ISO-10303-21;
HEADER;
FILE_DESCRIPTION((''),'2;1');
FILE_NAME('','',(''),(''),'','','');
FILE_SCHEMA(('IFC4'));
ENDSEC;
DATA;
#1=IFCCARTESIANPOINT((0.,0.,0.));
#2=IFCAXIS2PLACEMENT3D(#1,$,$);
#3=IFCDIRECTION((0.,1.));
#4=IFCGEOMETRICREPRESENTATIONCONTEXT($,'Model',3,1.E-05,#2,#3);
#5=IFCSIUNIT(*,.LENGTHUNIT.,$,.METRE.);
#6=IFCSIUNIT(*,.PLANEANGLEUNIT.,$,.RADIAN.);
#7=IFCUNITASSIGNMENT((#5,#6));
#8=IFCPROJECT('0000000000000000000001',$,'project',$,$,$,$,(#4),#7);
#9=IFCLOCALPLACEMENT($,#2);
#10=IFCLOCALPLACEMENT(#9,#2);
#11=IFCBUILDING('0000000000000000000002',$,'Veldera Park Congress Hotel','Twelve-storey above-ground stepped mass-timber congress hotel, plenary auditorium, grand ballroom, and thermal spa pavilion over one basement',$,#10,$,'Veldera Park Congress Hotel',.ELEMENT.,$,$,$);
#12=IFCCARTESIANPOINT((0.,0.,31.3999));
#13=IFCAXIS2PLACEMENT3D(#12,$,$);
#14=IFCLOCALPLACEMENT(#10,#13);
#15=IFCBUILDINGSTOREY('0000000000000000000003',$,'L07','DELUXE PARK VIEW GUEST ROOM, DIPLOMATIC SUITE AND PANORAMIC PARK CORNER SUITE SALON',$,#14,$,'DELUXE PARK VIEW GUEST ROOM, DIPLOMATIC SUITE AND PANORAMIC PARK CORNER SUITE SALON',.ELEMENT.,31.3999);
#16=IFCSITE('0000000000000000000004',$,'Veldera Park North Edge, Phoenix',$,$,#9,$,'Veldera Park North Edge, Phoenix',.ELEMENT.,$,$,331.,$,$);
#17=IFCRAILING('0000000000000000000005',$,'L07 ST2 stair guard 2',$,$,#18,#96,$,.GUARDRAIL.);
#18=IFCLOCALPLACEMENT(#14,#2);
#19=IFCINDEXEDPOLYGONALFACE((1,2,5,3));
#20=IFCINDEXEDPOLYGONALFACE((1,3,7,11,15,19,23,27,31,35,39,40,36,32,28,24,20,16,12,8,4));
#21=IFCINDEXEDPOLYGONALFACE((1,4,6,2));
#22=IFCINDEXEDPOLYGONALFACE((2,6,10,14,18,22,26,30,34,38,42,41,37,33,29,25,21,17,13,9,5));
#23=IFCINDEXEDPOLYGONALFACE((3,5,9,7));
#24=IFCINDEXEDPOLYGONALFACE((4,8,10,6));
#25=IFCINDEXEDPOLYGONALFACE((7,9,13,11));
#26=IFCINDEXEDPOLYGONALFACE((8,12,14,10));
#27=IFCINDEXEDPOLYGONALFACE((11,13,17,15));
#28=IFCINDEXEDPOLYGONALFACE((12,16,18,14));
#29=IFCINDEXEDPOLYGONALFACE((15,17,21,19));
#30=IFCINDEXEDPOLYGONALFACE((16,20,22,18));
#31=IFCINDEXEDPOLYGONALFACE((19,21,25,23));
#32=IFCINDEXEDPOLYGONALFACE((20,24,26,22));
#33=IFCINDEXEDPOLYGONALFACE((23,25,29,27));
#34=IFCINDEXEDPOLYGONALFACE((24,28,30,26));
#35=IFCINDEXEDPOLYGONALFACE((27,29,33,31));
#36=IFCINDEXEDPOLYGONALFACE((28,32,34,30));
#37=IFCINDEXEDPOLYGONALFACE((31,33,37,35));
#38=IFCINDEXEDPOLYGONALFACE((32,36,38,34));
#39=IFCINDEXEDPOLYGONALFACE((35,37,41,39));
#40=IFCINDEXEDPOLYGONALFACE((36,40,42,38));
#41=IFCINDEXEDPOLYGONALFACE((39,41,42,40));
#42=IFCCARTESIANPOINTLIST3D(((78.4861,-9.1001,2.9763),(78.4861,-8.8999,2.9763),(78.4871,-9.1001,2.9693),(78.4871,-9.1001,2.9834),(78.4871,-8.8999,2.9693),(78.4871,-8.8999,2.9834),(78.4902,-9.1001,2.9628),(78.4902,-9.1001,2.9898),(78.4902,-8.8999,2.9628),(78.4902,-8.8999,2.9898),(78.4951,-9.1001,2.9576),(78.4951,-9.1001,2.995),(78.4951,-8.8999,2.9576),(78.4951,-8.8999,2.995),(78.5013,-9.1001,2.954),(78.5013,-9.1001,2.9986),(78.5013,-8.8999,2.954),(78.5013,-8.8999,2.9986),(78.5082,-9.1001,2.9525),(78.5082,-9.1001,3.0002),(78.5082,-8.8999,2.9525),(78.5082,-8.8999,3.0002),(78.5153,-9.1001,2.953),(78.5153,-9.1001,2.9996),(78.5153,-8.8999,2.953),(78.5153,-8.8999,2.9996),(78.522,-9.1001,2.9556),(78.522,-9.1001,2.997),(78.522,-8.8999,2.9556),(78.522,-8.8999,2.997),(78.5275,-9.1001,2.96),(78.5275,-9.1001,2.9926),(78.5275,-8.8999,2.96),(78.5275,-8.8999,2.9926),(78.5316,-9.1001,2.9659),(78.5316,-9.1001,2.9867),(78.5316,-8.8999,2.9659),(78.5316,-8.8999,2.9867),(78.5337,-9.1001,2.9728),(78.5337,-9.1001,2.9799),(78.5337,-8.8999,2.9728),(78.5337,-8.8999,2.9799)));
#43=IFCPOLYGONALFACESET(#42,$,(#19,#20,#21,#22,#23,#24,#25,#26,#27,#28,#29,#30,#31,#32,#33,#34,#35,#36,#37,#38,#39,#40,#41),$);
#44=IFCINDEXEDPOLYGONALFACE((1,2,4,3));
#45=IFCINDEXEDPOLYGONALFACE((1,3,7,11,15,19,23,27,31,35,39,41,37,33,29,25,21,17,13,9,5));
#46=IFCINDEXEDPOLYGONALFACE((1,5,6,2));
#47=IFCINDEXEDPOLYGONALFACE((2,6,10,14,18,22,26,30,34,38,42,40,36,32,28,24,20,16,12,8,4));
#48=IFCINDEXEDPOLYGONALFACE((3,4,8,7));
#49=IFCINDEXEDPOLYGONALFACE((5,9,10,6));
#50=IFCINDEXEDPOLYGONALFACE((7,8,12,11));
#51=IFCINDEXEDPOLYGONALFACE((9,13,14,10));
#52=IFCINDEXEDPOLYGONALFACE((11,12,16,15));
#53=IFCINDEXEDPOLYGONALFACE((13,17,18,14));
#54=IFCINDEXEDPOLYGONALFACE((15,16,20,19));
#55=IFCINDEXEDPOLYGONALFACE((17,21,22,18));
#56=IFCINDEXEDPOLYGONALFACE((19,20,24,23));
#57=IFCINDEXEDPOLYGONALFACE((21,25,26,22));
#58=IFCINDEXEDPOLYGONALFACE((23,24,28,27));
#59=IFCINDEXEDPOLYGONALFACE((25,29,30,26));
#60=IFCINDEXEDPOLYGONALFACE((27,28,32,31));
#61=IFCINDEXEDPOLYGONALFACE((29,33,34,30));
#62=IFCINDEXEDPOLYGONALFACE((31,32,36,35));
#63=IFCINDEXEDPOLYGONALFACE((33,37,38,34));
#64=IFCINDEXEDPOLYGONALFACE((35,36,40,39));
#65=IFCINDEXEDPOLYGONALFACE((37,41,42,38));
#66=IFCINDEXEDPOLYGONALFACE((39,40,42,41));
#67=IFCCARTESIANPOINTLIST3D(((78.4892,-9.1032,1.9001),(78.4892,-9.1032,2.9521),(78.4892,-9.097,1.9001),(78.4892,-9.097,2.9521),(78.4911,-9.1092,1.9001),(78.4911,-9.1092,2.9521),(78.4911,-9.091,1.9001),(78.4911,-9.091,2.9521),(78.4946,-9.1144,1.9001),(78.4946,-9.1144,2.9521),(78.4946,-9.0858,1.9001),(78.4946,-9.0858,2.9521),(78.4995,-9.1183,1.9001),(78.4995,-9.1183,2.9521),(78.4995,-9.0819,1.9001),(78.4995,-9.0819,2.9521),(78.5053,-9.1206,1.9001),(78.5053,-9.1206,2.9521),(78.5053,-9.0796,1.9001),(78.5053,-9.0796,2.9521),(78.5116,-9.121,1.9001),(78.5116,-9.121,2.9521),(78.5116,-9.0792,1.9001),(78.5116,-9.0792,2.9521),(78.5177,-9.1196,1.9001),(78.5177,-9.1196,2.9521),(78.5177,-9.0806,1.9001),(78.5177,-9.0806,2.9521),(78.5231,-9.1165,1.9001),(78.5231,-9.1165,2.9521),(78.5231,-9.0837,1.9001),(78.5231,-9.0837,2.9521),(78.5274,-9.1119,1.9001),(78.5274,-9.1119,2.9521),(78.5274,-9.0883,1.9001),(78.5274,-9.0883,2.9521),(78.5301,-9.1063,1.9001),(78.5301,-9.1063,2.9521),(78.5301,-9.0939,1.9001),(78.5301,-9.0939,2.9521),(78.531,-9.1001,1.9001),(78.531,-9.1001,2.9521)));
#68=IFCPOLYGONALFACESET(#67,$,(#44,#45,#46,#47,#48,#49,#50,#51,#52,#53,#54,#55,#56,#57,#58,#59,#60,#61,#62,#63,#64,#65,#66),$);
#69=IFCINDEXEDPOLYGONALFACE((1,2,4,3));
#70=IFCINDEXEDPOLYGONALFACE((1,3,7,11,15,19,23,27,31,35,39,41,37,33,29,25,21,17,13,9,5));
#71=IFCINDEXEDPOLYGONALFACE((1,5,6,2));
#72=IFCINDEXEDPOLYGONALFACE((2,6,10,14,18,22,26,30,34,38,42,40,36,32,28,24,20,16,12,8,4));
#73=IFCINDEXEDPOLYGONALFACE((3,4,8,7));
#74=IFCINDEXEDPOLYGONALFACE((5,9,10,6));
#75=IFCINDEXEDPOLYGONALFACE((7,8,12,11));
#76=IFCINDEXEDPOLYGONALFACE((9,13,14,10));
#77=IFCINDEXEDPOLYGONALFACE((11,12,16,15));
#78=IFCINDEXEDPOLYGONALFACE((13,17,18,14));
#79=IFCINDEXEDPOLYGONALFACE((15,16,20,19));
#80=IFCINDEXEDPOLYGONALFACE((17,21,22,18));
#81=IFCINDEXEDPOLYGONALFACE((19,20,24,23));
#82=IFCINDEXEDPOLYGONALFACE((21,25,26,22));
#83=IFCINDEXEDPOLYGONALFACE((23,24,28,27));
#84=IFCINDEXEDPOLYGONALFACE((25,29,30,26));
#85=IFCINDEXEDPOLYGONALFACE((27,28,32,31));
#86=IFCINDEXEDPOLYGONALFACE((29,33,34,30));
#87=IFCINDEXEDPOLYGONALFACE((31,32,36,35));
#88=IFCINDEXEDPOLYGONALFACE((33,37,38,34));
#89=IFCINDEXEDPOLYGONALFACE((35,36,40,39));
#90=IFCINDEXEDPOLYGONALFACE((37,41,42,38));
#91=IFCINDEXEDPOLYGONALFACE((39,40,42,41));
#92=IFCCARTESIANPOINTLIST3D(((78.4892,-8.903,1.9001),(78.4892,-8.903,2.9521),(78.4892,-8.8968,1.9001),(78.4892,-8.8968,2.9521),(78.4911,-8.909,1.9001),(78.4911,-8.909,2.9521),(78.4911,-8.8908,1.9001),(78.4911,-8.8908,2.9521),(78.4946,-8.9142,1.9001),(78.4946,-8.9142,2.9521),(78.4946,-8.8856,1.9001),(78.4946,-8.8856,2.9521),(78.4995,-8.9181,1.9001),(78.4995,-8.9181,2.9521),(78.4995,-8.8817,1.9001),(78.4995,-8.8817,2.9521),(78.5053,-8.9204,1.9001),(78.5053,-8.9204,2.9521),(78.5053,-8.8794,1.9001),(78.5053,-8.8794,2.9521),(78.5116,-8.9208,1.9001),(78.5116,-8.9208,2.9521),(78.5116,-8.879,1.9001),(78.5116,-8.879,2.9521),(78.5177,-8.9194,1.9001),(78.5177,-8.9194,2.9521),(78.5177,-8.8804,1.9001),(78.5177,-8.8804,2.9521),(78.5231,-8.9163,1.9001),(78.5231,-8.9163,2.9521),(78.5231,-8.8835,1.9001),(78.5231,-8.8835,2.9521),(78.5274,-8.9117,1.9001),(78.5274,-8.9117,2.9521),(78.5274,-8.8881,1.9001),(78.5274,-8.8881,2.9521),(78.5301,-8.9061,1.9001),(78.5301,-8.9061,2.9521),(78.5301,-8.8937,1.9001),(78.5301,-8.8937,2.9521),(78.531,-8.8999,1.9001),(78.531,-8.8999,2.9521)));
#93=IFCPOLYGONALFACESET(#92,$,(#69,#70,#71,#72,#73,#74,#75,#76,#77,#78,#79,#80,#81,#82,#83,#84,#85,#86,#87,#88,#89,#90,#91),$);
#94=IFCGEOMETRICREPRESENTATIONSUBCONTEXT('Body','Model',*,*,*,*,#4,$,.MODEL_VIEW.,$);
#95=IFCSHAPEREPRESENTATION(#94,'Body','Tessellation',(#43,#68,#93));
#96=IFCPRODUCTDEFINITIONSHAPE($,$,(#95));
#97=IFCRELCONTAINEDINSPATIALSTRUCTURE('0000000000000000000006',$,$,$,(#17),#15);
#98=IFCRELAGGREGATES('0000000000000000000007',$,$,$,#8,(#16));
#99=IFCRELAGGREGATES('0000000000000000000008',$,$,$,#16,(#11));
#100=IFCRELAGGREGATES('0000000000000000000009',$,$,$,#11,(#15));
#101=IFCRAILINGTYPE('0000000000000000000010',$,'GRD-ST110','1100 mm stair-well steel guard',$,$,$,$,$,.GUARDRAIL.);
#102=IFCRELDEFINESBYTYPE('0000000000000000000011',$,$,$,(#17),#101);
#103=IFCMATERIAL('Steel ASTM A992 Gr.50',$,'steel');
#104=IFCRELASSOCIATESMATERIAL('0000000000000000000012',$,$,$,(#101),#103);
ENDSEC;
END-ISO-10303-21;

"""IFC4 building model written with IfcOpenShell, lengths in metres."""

from ifc_helpers import new_model, si_unit, direction, frame, origin, origin_2d, place, context, subcontext, project, spatial, circle, extrude, material, type_object, element, save


model = new_model("IFC4")

# Units and contexts
model_context = context("Model", 3, precision=1e-05, world=origin(), true_north=direction((0.0, 1.0)))
body_context = subcontext(model_context, "Body", "Model", "MODEL_VIEW")
ifc_project = project(units=[si_unit("LENGTHUNIT", "METRE"), si_unit("PLANEANGLEUNIT", "RADIAN")], contexts=[model_context])

# Site, building, storey
site_placement = place(None, origin())
site = spatial("IfcSite", under=ifc_project, at=site_placement, Name="Veldera Park North Edge, Phoenix", LongName="Veldera Park North Edge, Phoenix", CompositionType="ELEMENT", RefElevation=331.0)
building_placement = place(site_placement, origin())
building = spatial("IfcBuilding", under=site, at=building_placement, Name="Veldera Park Congress Hotel", Description="Twelve-storey above-ground stepped mass-timber congress hotel, plenary auditorium, grand ballroom, and thermal spa pavilion over one basement", LongName="Veldera Park Congress Hotel", CompositionType="ELEMENT")
storey_placement = place(building_placement, frame((0.0, 0.0, 31.3999)))
storey = spatial("IfcBuildingStorey", under=building, at=storey_placement, Name="L07", Description="DELUXE PARK VIEW GUEST ROOM, DIPLOMATIC SUITE AND PANORAMIC PARK CORNER SUITE SALON", LongName="DELUXE PARK VIEW GUEST ROOM, DIPLOMATIC SUITE AND PANORAMIC PARK CORNER SUITE SALON", CompositionType="ELEMENT", Elevation=31.3999)

# Railing
ifc_material_1 = material(Name="Steel ASTM A992 Gr.50", Category="steel")
railing_type = type_object("IfcRailingType", Name="GRD-ST110", Description="1100 mm stair-well steel guard", PredefinedType="GUARDRAIL", material=ifc_material_1)
railing_1_placement = place(storey_placement, frame((78.51, -9.1001, 1.9001)))
element("IfcRailing", 1, at=railing_1_placement, inside=storey, type_object=railing_type, Name="L07 ST2 stair guard 2", PredefinedType="GUARDRAIL", context=body_context, shape_type="SweptSolid", body=[
    extrude(circle(Radius=0.0239, at=origin_2d()), frame((0.0, 0.0, 1.0762), z_axis=(0.0, 1.0, 0.0), x_axis=(-1.0, 0.0, 0.0)), (0.0, 0.0, 1.0), 0.2002),
    extrude(circle(Radius=0.021, at=origin_2d()), origin(), (0.0, 0.0, 1.0), 1.052),
    extrude(circle(Radius=0.021, at=origin_2d()), frame((0.0, 0.2002, 0.0)), (0.0, 0.0, 1.0), 1.052),
])

save(model, "model.ifc")
